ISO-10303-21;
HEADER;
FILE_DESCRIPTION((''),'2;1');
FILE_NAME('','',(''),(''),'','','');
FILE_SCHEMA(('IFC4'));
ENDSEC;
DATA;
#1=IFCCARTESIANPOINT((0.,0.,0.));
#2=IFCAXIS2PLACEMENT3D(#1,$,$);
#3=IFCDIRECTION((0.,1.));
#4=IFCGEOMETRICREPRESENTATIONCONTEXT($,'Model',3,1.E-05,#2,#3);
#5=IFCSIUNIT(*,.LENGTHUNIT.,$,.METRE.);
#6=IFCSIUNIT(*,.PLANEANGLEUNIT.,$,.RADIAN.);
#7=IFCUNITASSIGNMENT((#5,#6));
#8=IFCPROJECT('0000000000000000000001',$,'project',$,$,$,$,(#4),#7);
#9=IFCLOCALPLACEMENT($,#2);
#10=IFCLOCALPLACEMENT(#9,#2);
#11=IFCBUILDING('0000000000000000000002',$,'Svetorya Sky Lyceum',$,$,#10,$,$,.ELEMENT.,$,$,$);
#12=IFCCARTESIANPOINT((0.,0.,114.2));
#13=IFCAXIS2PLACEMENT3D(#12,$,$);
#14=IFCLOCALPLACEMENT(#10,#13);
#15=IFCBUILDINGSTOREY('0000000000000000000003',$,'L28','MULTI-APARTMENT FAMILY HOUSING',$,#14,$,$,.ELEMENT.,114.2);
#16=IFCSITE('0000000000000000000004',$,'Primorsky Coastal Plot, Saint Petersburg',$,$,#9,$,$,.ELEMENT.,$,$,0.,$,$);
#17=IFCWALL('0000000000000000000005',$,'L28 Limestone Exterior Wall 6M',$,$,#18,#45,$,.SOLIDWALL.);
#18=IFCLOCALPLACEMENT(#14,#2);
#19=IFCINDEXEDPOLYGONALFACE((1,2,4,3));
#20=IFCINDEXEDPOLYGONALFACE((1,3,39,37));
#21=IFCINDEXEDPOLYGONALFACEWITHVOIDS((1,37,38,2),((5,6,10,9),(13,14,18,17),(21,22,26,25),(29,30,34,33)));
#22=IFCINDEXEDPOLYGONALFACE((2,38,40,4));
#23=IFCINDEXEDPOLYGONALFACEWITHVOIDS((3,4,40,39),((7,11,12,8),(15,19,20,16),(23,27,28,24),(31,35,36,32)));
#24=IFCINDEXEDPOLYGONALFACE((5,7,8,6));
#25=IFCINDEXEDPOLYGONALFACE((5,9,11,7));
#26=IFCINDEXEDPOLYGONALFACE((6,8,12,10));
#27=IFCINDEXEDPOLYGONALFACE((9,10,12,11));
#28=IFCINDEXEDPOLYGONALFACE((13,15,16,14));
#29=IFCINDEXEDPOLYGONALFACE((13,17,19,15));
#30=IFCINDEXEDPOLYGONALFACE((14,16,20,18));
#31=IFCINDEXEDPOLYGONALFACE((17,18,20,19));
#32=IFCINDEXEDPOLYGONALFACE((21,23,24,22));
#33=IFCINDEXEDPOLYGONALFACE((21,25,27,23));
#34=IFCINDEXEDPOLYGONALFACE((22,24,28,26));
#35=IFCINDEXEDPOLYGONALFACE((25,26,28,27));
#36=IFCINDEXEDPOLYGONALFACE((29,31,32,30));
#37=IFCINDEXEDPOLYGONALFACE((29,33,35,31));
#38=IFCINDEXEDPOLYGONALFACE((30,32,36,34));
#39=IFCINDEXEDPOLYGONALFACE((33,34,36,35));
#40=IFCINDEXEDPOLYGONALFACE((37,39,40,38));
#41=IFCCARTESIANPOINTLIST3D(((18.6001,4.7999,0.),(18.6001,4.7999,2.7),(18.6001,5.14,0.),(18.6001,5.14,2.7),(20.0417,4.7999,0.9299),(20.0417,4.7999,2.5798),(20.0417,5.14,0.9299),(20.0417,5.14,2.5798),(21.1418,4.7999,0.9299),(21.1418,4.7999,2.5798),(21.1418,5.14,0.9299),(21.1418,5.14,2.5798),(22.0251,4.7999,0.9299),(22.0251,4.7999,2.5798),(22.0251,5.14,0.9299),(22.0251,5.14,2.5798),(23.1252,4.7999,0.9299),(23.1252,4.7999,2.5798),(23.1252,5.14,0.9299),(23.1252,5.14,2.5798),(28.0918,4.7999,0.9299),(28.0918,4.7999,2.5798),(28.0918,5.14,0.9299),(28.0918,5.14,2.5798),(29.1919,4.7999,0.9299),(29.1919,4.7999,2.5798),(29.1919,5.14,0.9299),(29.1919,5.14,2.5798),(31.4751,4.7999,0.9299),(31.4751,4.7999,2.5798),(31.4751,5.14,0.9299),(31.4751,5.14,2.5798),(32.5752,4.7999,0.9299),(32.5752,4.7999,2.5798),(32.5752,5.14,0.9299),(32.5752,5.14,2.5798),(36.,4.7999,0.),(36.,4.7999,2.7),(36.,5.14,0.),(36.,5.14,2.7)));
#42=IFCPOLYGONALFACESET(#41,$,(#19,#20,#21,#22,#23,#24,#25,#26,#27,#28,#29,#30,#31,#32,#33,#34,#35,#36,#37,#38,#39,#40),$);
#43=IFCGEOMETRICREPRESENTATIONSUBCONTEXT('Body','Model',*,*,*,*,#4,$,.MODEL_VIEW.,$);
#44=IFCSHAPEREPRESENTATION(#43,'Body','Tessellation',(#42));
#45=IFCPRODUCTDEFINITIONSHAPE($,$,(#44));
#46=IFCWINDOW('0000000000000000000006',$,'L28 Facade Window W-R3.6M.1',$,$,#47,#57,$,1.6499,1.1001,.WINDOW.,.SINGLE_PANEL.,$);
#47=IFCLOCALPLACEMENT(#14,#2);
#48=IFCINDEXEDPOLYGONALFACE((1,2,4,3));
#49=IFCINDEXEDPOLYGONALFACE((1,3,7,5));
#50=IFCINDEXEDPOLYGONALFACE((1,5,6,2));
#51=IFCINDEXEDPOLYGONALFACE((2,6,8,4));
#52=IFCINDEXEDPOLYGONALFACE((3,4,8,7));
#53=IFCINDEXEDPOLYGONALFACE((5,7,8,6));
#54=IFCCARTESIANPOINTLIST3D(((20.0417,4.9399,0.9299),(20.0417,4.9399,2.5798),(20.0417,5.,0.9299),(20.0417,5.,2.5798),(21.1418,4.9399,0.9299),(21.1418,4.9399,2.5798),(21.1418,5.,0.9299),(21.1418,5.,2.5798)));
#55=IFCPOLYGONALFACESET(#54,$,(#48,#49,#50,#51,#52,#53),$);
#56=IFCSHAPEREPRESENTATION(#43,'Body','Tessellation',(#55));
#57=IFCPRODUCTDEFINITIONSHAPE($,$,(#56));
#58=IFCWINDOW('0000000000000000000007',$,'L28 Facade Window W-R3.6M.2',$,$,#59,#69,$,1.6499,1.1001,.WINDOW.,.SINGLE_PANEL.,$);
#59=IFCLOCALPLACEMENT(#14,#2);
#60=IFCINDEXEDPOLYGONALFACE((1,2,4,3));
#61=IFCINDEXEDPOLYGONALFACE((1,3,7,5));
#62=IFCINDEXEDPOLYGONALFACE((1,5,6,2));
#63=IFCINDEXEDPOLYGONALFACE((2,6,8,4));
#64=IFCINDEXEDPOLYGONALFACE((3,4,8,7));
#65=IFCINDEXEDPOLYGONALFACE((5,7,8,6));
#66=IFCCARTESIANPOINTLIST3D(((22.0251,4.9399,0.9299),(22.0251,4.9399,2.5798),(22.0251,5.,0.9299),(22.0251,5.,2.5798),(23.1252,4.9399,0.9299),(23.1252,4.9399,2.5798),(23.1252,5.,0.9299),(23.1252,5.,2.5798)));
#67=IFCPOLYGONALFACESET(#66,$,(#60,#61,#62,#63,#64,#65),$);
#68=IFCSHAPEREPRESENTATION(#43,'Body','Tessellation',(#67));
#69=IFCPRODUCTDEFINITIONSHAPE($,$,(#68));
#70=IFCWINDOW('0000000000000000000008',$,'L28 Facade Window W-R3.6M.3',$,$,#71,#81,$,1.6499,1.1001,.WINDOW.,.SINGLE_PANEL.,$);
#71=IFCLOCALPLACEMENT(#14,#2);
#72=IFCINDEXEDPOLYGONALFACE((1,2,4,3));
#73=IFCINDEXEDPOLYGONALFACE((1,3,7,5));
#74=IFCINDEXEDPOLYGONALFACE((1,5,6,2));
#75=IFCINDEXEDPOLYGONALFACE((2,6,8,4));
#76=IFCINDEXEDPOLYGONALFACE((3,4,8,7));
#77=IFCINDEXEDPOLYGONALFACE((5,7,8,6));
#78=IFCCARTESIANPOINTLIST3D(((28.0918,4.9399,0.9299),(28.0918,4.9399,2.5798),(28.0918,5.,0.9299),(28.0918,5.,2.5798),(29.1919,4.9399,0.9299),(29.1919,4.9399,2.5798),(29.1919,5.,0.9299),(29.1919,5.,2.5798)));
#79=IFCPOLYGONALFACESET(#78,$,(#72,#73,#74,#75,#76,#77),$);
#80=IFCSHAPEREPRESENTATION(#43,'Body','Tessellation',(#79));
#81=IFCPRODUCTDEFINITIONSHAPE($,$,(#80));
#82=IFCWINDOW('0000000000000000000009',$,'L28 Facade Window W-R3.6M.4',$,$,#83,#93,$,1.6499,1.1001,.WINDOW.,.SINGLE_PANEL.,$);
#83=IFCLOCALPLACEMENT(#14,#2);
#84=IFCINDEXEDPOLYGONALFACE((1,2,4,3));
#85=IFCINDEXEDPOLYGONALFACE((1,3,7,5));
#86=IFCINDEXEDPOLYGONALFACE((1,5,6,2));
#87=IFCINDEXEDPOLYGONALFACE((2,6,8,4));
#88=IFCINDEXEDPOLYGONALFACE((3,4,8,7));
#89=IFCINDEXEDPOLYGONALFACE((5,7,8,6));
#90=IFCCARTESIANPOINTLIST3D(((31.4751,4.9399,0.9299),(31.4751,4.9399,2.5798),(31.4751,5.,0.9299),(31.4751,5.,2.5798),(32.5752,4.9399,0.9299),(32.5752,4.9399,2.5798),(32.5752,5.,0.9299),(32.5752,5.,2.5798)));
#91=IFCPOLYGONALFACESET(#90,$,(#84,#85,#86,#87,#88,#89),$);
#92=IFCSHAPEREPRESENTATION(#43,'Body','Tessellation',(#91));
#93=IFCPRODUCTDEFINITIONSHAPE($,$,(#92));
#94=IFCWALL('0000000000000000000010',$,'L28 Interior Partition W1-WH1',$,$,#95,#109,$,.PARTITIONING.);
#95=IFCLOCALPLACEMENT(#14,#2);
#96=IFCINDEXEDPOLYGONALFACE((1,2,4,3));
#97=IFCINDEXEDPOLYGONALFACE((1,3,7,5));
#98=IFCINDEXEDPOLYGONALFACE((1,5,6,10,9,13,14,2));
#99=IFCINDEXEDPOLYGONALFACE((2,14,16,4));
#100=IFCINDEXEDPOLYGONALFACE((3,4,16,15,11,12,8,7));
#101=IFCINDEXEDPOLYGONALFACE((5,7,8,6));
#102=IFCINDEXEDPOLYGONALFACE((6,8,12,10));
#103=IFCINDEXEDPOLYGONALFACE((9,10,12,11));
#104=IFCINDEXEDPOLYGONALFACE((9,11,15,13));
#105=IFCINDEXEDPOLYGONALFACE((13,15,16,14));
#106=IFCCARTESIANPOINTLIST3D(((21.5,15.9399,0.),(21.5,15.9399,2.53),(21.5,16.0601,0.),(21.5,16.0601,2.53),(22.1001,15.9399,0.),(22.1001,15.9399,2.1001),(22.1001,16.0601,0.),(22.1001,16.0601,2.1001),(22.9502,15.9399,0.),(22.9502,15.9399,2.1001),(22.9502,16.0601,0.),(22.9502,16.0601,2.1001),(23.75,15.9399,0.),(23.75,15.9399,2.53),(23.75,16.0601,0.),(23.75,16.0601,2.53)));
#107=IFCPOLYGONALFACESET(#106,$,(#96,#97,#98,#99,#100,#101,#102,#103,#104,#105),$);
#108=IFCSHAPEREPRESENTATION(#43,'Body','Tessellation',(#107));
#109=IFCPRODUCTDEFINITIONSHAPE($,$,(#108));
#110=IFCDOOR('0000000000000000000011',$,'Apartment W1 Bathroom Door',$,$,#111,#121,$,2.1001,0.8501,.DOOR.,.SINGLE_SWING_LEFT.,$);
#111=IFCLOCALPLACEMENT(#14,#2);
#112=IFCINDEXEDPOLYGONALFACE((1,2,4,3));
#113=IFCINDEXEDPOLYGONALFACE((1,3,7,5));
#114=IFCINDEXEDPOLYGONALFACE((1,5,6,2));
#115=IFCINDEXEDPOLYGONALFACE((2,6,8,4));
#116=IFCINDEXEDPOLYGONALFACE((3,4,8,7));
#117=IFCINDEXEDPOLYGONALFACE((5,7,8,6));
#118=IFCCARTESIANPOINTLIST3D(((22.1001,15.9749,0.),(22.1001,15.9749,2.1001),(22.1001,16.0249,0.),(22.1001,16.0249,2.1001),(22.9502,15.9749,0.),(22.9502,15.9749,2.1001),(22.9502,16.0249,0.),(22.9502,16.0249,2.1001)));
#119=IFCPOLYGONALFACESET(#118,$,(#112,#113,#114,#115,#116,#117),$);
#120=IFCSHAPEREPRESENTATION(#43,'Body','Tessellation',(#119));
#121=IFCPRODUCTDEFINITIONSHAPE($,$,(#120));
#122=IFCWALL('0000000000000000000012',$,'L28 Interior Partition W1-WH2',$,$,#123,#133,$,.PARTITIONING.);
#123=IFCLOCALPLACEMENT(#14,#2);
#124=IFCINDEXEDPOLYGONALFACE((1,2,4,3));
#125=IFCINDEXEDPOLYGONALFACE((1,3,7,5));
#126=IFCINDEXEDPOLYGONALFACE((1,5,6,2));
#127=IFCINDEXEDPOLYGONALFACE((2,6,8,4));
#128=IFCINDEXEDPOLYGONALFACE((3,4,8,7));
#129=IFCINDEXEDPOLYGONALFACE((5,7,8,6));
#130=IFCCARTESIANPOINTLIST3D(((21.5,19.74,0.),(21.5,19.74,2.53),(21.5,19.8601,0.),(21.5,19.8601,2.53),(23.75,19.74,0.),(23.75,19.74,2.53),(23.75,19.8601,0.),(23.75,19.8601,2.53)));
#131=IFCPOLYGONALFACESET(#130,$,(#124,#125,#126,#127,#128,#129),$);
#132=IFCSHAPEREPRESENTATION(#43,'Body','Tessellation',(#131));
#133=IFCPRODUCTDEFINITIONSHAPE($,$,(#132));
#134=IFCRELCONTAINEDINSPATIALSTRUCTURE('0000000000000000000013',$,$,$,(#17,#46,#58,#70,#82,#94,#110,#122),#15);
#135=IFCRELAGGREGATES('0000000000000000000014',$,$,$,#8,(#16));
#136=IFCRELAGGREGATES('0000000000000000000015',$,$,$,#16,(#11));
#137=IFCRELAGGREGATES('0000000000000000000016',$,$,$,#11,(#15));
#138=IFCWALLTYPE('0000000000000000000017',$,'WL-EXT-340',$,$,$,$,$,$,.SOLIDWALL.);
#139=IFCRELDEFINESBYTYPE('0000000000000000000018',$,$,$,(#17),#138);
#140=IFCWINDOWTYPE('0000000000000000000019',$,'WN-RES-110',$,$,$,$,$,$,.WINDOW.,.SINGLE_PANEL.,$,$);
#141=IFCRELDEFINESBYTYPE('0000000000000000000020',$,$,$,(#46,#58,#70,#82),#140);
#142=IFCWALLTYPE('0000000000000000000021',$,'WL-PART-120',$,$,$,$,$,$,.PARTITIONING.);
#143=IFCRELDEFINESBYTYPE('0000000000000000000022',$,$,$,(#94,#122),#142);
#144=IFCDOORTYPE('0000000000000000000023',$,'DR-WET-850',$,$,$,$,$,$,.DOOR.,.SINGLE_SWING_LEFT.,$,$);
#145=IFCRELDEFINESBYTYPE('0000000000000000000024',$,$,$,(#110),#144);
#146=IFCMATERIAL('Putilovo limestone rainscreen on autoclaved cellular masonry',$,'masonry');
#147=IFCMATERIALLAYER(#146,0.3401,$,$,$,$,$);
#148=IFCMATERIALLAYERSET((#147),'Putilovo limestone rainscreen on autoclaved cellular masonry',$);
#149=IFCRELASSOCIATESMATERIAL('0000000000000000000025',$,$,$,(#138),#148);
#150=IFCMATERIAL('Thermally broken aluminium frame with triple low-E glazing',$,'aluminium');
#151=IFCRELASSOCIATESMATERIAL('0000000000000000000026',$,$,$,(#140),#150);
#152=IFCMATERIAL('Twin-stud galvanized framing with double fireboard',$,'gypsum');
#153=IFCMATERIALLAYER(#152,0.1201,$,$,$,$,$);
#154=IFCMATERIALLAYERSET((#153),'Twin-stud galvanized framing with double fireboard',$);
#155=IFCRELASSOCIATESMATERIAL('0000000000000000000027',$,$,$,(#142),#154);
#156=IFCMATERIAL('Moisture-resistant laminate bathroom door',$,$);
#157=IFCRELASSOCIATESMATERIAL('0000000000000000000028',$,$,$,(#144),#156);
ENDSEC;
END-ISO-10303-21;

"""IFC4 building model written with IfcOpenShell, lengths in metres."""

from ifc_helpers import new_model, si_unit, direction, frame, frame_2d, origin, place, context, subcontext, project, spatial, rectangle, extrude, material, layer, layer_set, type_object, element, fill, save


model = new_model("IFC4")

# Units and contexts
model_context = context("Model", 3, precision=1e-05, world=origin(), true_north=direction((0.0, 1.0)))
body_context = subcontext(model_context, "Body", "Model", "MODEL_VIEW")
ifc_project = project(units=[si_unit("LENGTHUNIT", "METRE"), si_unit("PLANEANGLEUNIT", "RADIAN")], contexts=[model_context])

# Site, building, storey
site_placement = place(None, origin())
site = spatial("IfcSite", under=ifc_project, at=site_placement, Name="Primorsky Coastal Plot, Saint Petersburg", CompositionType="ELEMENT", RefElevation=0.0)
building_placement = place(site_placement, origin())
building = spatial("IfcBuilding", under=site, at=building_placement, Name="Svetorya Sky Lyceum", CompositionType="ELEMENT")
storey_placement = place(building_placement, frame((0.0, 0.0, 114.2)))
storey = spatial("IfcBuildingStorey", under=building, at=storey_placement, Name="L28", Description="MULTI-APARTMENT FAMILY HOUSING", CompositionType="ELEMENT", Elevation=114.2)

# Shared definitions
ifc_material_1 = material(Name="Putilovo limestone rainscreen on autoclaved cellular masonry", Category="masonry")
ifc_layer_1 = layer(ifc_material_1, 0.3401)
ifc_layer_set_1 = layer_set([ifc_layer_1], Name="Putilovo limestone rainscreen on autoclaved cellular masonry")
wall_type_1 = type_object("IfcWallType", Name="WL-EXT-340", PredefinedType="SOLIDWALL", material=ifc_layer_set_1)

# Wall, openings, windows
wall_1_placement = place(storey_placement, frame((18.6001, 4.97, 0.0), z_axis=(0.0, 0.0, 1.0), x_axis=(1.0, 0.0, 0.0)))
wall_1 = element("IfcWall", 1, at=wall_1_placement, inside=storey, type_object=wall_type_1, Name="L28 Limestone Exterior Wall 6M", PredefinedType="SOLIDWALL", context=body_context, shape_type="SweptSolid", body=[
    extrude(rectangle(XDim=17.3999, YDim=0.3401, at=frame_2d((8.7, 0.0))), origin(), (0.0, 0.0, 1.0), 2.7),
])
opening_1_placement = place(wall_1_placement, frame((1.4417, 0.0, 0.9299)))
opening_1 = element("IfcOpeningElement", 2, at=opening_1_placement, cuts=wall_1, PredefinedType="OPENING", context=body_context, shape_type="SweptSolid", body=[
    extrude(rectangle(XDim=1.1001, YDim=1.6499, at=frame_2d((0.55, 0.825))), frame((0.0, 0.1799, 0.0), z_axis=(0.0, -1.0, 0.0), x_axis=(1.0, 0.0, 0.0)), (0.0, 0.0, 1.0), 0.3601),
])
opening_2_placement = place(wall_1_placement, frame((3.425, 0.0, 0.9299)))
opening_2 = element("IfcOpeningElement", 3, at=opening_2_placement, cuts=wall_1, PredefinedType="OPENING", context=body_context, shape_type="SweptSolid", body=[
    extrude(rectangle(XDim=1.1001, YDim=1.6499, at=frame_2d((0.55, 0.825))), frame((0.0, 0.1799, 0.0), z_axis=(0.0, -1.0, 0.0), x_axis=(1.0, 0.0, 0.0)), (0.0, 0.0, 1.0), 0.3601),
])
opening_3_placement = place(wall_1_placement, frame((9.4917, 0.0, 0.9299)))
opening_3 = element("IfcOpeningElement", 4, at=opening_3_placement, cuts=wall_1, PredefinedType="OPENING", context=body_context, shape_type="SweptSolid", body=[
    extrude(rectangle(XDim=1.1001, YDim=1.6499, at=frame_2d((0.55, 0.825))), frame((0.0, 0.1799, 0.0), z_axis=(0.0, -1.0, 0.0), x_axis=(1.0, 0.0, 0.0)), (0.0, 0.0, 1.0), 0.3601),
])
opening_4_placement = place(wall_1_placement, frame((12.875, 0.0, 0.9299)))
opening_4 = element("IfcOpeningElement", 5, at=opening_4_placement, cuts=wall_1, PredefinedType="OPENING", context=body_context, shape_type="SweptSolid", body=[
    extrude(rectangle(XDim=1.1001, YDim=1.6499, at=frame_2d((0.55, 0.825))), frame((0.0, 0.1799, 0.0), z_axis=(0.0, -1.0, 0.0), x_axis=(1.0, 0.0, 0.0)), (0.0, 0.0, 1.0), 0.3601),
])
ifc_material_2 = material(Name="Thermally broken aluminium frame with triple low-E glazing", Category="aluminium")
window_type = type_object("IfcWindowType", Name="WN-RES-110", PartitioningType="SINGLE_PANEL", PredefinedType="WINDOW", material=ifc_material_2)
window_1_placement = place(opening_1_placement, origin())
window_1 = element("IfcWindow", 6, at=window_1_placement, inside=storey, type_object=window_type, Name="L28 Facade Window W-R3.6M.1", OverallHeight=1.6499, OverallWidth=1.1001, PartitioningType="SINGLE_PANEL", PredefinedType="WINDOW", context=body_context, shape_type="SweptSolid", body=[
    extrude(rectangle(XDim=1.1001, YDim=1.6499, at=frame_2d((0.55, 0.825))), frame((0.0, 0.03, 0.0), z_axis=(0.0, -1.0, 0.0), x_axis=(1.0, 0.0, 0.0)), (0.0, 0.0, 1.0), 0.0601),
])
fill(opening_1, window_1)
window_2_placement = place(opening_2_placement, origin())
window_2 = element("IfcWindow", 7, at=window_2_placement, inside=storey, type_object=window_type, Name="L28 Facade Window W-R3.6M.2", OverallHeight=1.6499, OverallWidth=1.1001, PartitioningType="SINGLE_PANEL", PredefinedType="WINDOW", context=body_context, shape_type="SweptSolid", body=[
    extrude(rectangle(XDim=1.1001, YDim=1.6499, at=frame_2d((0.55, 0.825))), frame((0.0, 0.03, 0.0), z_axis=(0.0, -1.0, 0.0), x_axis=(1.0, 0.0, 0.0)), (0.0, 0.0, 1.0), 0.0601),
])
fill(opening_2, window_2)
window_3_placement = place(opening_3_placement, origin())
window_3 = element("IfcWindow", 8, at=window_3_placement, inside=storey, type_object=window_type, Name="L28 Facade Window W-R3.6M.3", OverallHeight=1.6499, OverallWidth=1.1001, PartitioningType="SINGLE_PANEL", PredefinedType="WINDOW", context=body_context, shape_type="SweptSolid", body=[
    extrude(rectangle(XDim=1.1001, YDim=1.6499, at=frame_2d((0.55, 0.825))), frame((0.0, 0.03, 0.0), z_axis=(0.0, -1.0, 0.0), x_axis=(1.0, 0.0, 0.0)), (0.0, 0.0, 1.0), 0.0601),
])
fill(opening_3, window_3)
window_4_placement = place(opening_4_placement, origin())
window_4 = element("IfcWindow", 9, at=window_4_placement, inside=storey, type_object=window_type, Name="L28 Facade Window W-R3.6M.4", OverallHeight=1.6499, OverallWidth=1.1001, PartitioningType="SINGLE_PANEL", PredefinedType="WINDOW", context=body_context, shape_type="SweptSolid", body=[
    extrude(rectangle(XDim=1.1001, YDim=1.6499, at=frame_2d((0.55, 0.825))), frame((0.0, 0.03, 0.0), z_axis=(0.0, -1.0, 0.0), x_axis=(1.0, 0.0, 0.0)), (0.0, 0.0, 1.0), 0.0601),
])
fill(opening_4, window_4)

# Wall, opening, door
ifc_material_3 = material(Name="Twin-stud galvanized framing with double fireboard", Category="gypsum")
ifc_layer_2 = layer(ifc_material_3, 0.1201)
ifc_layer_set_2 = layer_set([ifc_layer_2], Name="Twin-stud galvanized framing with double fireboard")
wall_type_2 = type_object("IfcWallType", Name="WL-PART-120", PredefinedType="PARTITIONING", material=ifc_layer_set_2)
wall_2_placement = place(storey_placement, frame((21.5, 16.0, 0.0), z_axis=(0.0, 0.0, 1.0), x_axis=(1.0, 0.0, 0.0)))
wall_2 = element("IfcWall", 10, at=wall_2_placement, inside=storey, type_object=wall_type_2, Name="L28 Interior Partition W1-WH1", PredefinedType="PARTITIONING", context=body_context, shape_type="SweptSolid", body=[
    extrude(rectangle(XDim=2.25, YDim=0.1201, at=frame_2d((1.125, 0.0))), origin(), (0.0, 0.0, 1.0), 2.53),
])
opening_5_placement = place(wall_2_placement, frame((0.6001, 0.0, 0.0)))
opening_5 = element("IfcOpeningElement", 11, at=opening_5_placement, cuts=wall_2, PredefinedType="OPENING", context=body_context, shape_type="SweptSolid", body=[
    extrude(rectangle(XDim=0.8501, YDim=2.1001, at=frame_2d((0.425, 1.05))), frame((0.0, 0.0701, 0.0), z_axis=(0.0, -1.0, 0.0), x_axis=(1.0, 0.0, 0.0)), (0.0, 0.0, 1.0), 0.1401),
])
ifc_material_4 = material(Name="Moisture-resistant laminate bathroom door")
door_type_1 = type_object("IfcDoorType", Name="DR-WET-850", OperationType="SINGLE_SWING_LEFT", PredefinedType="DOOR", material=ifc_material_4)
door_1_placement = place(opening_5_placement, origin())
door_1 = element("IfcDoor", 12, at=door_1_placement, inside=storey, type_object=door_type_1, Name="Apartment W1 Bathroom Door", OperationType="SINGLE_SWING_LEFT", OverallHeight=2.1001, OverallWidth=0.8501, PredefinedType="DOOR", context=body_context, shape_type="SweptSolid", body=[
    extrude(rectangle(XDim=0.8501, YDim=2.1001, at=frame_2d((0.425, 1.05))), frame((0.0, 0.0249, 0.0), z_axis=(0.0, -1.0, 0.0), x_axis=(1.0, 0.0, 0.0)), (0.0, 0.0, 1.0), 0.05),
])
fill(opening_5, door_1)

# Wall
wall_3_placement = place(storey_placement, frame((21.5, 19.8, 0.0), z_axis=(0.0, 0.0, 1.0), x_axis=(1.0, 0.0, 0.0)))
element("IfcWall", 13, at=wall_3_placement, inside=storey, type_object=wall_type_2, Name="L28 Interior Partition W1-WH2", PredefinedType="PARTITIONING", context=body_context, shape_type="SweptSolid", body=[
    extrude(rectangle(XDim=2.25, YDim=0.1201, at=frame_2d((1.125, 0.0))), origin(), (0.0, 0.0, 1.0), 2.53),
])

save(model, "model.ifc")
